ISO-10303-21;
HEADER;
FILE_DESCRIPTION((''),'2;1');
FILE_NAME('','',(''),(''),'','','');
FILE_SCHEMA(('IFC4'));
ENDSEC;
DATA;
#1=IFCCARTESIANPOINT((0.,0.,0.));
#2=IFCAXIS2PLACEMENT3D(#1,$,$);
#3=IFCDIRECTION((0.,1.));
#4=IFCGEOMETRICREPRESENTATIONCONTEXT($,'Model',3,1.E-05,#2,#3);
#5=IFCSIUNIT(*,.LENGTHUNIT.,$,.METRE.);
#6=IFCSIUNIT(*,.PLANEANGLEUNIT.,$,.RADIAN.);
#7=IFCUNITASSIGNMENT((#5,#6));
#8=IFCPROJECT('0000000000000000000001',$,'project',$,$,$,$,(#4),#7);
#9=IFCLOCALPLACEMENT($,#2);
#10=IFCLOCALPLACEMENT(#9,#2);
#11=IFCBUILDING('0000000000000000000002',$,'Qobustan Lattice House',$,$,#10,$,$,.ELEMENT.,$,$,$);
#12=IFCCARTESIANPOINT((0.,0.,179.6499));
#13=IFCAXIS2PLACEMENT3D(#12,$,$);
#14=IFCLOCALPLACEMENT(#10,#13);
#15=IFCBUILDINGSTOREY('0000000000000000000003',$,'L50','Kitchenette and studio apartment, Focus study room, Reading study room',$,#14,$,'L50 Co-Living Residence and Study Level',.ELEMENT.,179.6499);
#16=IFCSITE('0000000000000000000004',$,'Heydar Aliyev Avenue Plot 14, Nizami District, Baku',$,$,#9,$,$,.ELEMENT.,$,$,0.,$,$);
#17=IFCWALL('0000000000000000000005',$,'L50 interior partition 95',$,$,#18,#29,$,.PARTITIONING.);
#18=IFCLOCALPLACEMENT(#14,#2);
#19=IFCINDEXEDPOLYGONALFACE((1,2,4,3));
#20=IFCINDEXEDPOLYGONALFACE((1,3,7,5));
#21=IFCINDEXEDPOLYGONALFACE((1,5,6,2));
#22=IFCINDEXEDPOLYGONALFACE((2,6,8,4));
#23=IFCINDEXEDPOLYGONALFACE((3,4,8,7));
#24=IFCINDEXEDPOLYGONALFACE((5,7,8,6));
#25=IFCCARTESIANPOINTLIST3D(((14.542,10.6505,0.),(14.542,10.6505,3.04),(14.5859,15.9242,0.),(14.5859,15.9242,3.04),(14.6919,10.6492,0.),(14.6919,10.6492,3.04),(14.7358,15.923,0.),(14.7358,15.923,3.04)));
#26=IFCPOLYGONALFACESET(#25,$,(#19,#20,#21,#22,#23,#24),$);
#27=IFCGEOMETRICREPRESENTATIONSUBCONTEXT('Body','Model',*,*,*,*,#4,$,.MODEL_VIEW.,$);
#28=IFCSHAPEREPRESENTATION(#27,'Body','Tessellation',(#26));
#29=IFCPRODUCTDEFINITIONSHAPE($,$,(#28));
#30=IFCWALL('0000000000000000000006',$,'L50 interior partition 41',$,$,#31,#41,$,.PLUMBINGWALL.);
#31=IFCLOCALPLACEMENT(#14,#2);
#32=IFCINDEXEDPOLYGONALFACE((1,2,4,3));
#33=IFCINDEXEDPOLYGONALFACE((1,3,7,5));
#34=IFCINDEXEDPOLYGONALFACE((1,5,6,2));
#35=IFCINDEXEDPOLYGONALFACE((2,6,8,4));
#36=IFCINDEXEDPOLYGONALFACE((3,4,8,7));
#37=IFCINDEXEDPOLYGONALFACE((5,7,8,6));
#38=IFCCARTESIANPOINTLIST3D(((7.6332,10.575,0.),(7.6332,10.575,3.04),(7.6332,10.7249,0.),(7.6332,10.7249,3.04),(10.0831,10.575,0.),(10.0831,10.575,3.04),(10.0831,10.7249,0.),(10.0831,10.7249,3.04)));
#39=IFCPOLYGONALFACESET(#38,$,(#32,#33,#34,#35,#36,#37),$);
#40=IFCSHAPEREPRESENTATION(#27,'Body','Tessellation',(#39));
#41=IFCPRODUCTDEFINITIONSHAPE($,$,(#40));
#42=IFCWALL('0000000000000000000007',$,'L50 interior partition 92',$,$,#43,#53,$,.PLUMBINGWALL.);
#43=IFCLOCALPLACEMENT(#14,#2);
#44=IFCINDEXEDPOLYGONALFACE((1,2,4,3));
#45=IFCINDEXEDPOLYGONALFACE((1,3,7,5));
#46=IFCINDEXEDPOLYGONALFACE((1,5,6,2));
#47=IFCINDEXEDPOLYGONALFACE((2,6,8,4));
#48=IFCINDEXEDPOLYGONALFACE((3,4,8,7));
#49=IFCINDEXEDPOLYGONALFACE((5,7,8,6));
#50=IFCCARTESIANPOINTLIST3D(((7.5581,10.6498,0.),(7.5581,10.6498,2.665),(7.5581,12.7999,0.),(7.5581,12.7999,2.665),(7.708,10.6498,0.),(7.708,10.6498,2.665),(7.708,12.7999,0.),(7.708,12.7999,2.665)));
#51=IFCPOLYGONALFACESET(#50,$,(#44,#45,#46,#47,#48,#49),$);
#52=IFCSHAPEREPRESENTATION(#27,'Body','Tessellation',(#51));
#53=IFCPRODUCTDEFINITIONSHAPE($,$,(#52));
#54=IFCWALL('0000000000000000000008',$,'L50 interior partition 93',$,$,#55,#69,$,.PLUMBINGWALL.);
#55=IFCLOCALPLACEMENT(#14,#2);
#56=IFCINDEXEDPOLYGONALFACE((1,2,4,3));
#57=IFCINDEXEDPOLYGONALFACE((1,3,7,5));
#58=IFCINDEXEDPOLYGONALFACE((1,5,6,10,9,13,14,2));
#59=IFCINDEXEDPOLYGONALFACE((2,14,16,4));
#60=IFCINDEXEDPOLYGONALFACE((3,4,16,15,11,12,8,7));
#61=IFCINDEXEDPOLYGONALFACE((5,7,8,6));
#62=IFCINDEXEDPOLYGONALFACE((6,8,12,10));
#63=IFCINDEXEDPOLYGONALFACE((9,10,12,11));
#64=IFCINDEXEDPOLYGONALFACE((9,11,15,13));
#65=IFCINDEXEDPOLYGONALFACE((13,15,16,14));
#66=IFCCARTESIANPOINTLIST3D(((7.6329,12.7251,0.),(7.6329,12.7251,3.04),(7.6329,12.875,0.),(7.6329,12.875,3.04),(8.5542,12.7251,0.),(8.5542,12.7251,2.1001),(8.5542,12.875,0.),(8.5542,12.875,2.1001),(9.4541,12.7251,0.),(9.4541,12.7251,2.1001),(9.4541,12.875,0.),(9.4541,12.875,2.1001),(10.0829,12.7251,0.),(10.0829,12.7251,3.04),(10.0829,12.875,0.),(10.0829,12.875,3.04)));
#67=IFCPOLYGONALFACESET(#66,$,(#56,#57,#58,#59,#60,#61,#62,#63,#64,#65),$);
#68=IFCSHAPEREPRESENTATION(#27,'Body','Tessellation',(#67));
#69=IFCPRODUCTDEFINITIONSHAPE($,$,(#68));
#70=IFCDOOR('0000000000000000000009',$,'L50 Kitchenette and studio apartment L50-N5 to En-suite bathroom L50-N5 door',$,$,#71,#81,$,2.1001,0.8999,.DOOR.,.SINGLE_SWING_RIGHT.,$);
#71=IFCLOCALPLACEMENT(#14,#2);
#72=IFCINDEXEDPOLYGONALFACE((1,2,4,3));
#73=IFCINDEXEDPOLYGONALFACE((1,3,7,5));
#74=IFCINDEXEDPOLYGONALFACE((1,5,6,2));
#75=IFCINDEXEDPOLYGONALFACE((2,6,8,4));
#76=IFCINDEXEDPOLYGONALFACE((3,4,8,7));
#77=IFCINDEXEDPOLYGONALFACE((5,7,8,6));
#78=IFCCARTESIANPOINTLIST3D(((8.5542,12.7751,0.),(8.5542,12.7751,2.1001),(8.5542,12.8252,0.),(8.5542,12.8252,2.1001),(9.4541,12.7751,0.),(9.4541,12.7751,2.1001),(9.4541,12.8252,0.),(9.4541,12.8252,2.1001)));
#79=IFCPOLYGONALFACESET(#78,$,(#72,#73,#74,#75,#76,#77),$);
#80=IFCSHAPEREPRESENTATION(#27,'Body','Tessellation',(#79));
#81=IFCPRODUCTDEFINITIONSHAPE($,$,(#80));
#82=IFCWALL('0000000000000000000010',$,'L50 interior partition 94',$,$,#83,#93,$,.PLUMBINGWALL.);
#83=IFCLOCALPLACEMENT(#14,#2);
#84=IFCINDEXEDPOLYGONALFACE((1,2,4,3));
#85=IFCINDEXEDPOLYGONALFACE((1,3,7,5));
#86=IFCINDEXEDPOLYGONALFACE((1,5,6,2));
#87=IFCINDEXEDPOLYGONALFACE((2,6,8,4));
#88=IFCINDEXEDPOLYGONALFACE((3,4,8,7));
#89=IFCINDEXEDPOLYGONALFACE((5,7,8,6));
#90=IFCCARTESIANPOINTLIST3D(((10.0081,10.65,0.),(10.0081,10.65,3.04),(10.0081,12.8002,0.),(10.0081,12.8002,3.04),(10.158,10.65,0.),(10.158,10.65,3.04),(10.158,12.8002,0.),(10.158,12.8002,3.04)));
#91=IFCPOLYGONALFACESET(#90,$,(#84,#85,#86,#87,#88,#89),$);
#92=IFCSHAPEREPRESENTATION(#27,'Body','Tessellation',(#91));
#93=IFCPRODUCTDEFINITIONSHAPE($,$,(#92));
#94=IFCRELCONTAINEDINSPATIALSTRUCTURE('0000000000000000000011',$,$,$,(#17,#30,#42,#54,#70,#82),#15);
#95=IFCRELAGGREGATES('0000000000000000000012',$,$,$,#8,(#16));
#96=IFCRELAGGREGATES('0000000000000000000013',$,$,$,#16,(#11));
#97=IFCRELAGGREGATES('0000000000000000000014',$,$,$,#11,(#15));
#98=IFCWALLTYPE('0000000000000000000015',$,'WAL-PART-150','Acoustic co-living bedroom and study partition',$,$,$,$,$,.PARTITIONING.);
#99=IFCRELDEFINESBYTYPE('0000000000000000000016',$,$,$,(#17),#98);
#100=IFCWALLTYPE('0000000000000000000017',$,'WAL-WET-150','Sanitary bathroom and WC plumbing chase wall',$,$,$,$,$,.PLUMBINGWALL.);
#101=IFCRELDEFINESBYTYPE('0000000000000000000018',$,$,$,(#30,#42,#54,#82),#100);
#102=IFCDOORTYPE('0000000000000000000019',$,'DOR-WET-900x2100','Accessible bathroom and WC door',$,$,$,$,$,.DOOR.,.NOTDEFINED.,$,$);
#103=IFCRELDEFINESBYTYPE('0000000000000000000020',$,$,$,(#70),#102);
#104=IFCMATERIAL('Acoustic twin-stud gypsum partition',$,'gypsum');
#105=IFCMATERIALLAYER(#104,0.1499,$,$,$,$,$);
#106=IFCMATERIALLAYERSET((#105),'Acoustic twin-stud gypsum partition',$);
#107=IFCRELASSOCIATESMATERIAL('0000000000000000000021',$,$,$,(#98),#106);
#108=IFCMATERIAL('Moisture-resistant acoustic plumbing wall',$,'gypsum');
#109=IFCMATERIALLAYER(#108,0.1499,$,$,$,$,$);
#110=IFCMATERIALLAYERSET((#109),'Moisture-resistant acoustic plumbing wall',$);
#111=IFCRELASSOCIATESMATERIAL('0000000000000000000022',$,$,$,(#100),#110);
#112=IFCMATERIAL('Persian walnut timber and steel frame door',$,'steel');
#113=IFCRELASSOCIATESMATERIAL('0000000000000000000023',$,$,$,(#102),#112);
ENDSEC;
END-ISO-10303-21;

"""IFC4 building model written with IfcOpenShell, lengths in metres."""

from ifc_helpers import new_model, si_unit, direction, frame, frame_2d, origin, place, context, subcontext, project, spatial, rectangle, extrude, material, layer, layer_set, type_object, element, fill, save


model = new_model("IFC4")

# Units and contexts
model_context = context("Model", 3, precision=1e-05, world=origin(), true_north=direction((0.0, 1.0)))
body_context = subcontext(model_context, "Body", "Model", "MODEL_VIEW")
ifc_project = project(units=[si_unit("LENGTHUNIT", "METRE"), si_unit("PLANEANGLEUNIT", "RADIAN")], contexts=[model_context])

# Site, building, storey
site_placement = place(None, origin())
site = spatial("IfcSite", under=ifc_project, at=site_placement, Name="Heydar Aliyev Avenue Plot 14, Nizami District, Baku", CompositionType="ELEMENT", RefElevation=0.0)
building_placement = place(site_placement, origin())
building = spatial("IfcBuilding", under=site, at=building_placement, Name="Qobustan Lattice House", CompositionType="ELEMENT")
storey_placement = place(building_placement, frame((0.0, 0.0, 179.6499)))
storey = spatial("IfcBuildingStorey", under=building, at=storey_placement, Name="L50", Description="Kitchenette and studio apartment, Focus study room, Reading study room", LongName="L50 Co-Living Residence and Study Level", CompositionType="ELEMENT", Elevation=179.6499)

# Shared definitions
ifc_material_1 = material(Name="Acoustic twin-stud gypsum partition", Category="gypsum")
ifc_layer_1 = layer(ifc_material_1, 0.1499)
ifc_layer_set_1 = layer_set([ifc_layer_1], Name="Acoustic twin-stud gypsum partition")
wall_type_1 = type_object("IfcWallType", Name="WAL-PART-150", Description="Acoustic co-living bedroom and study partition", PredefinedType="PARTITIONING", material=ifc_layer_set_1)

# Walls
wall_1_placement = place(storey_placement, frame((14.6609, 15.9236, 0.0), z_axis=(0.0, 0.0, 1.0), x_axis=(-0.008333, -0.999965, 0.0)))
element("IfcWall", 1, at=wall_1_placement, inside=storey, type_object=wall_type_1, Name="L50 interior partition 95", PredefinedType="PARTITIONING", context=body_context, shape_type="SweptSolid", body=[
    extrude(rectangle(XDim=5.2739, YDim=0.1499, at=frame_2d((2.637, 0.0))), origin(), (0.0, 0.0, 1.0), 3.04),
])
ifc_material_2 = material(Name="Moisture-resistant acoustic plumbing wall", Category="gypsum")
ifc_layer_2 = layer(ifc_material_2, 0.1499)
ifc_layer_set_2 = layer_set([ifc_layer_2], Name="Moisture-resistant acoustic plumbing wall")
wall_type_2 = type_object("IfcWallType", Name="WAL-WET-150", Description="Sanitary bathroom and WC plumbing chase wall", PredefinedType="PLUMBINGWALL", material=ifc_layer_set_2)
wall_2_placement = place(storey_placement, frame((7.6331, 10.6499, 0.0), z_axis=(0.0, 0.0, 1.0), x_axis=(1.0, 0.0, 0.0)))
element("IfcWall", 2, at=wall_2_placement, inside=storey, type_object=wall_type_2, Name="L50 interior partition 41", PredefinedType="PLUMBINGWALL", context=body_context, shape_type="SweptSolid", body=[
    extrude(rectangle(XDim=2.45, YDim=0.1499, at=frame_2d((1.2251, 0.0))), origin(), (0.0, 0.0, 1.0), 3.04),
])
wall_3_placement = place(storey_placement, frame((7.6331, 12.8, 0.0), z_axis=(0.0, 0.0, 1.0), x_axis=(0.0, -1.0, 0.0)))
element("IfcWall", 3, at=wall_3_placement, inside=storey, type_object=wall_type_2, Name="L50 interior partition 92", PredefinedType="PLUMBINGWALL", context=body_context, shape_type="SweptSolid", body=[
    extrude(rectangle(XDim=2.1501, YDim=0.1499, at=frame_2d((1.0752, 0.0))), origin(), (0.0, 0.0, 1.0), 2.665),
])

# Wall, opening, door
wall_4_placement = place(storey_placement, frame((10.083, 12.8, 0.0), z_axis=(0.0, 0.0, 1.0), x_axis=(-1.0, 0.0, 0.0)))
wall_4 = element("IfcWall", 4, at=wall_4_placement, inside=storey, type_object=wall_type_2, Name="L50 interior partition 93", PredefinedType="PLUMBINGWALL", context=body_context, shape_type="SweptSolid", body=[
    extrude(rectangle(XDim=2.45, YDim=0.1499, at=frame_2d((1.2251, 0.0))), origin(), (0.0, 0.0, 1.0), 3.04),
])
opening_1_placement = place(wall_4_placement, frame((0.6289, 0.0, 0.0)))
opening_1 = element("IfcOpeningElement", 5, at=opening_1_placement, cuts=wall_4, PredefinedType="OPENING", context=body_context, shape_type="SweptSolid", body=[
    extrude(rectangle(XDim=0.8999, YDim=2.1001, at=frame_2d((0.45, 1.05))), frame((0.0, 0.085, 0.0), z_axis=(0.0, -1.0, 0.0), x_axis=(1.0, 0.0, 0.0)), (0.0, 0.0, 1.0), 0.1699),
])
ifc_material_3 = material(Name="Persian walnut timber and steel frame door", Category="steel")
door_type_1 = type_object("IfcDoorType", Name="DOR-WET-900x2100", Description="Accessible bathroom and WC door", OperationType="NOTDEFINED", PredefinedType="DOOR", material=ifc_material_3)
door_1_placement = place(opening_1_placement, origin())
door_1 = element("IfcDoor", 6, at=door_1_placement, inside=storey, type_object=door_type_1, Name="L50 Kitchenette and studio apartment L50-N5 to En-suite bathroom L50-N5 door", OperationType="SINGLE_SWING_RIGHT", OverallHeight=2.1001, OverallWidth=0.8999, PredefinedType="DOOR", context=body_context, shape_type="SweptSolid", body=[
    extrude(rectangle(XDim=0.8999, YDim=2.1001, at=frame_2d((0.45, 1.05))), frame((0.0, 0.0249, 0.0), z_axis=(0.0, -1.0, 0.0), x_axis=(1.0, 0.0, 0.0)), (0.0, 0.0, 1.0), 0.05),
])
fill(opening_1, door_1)

# Wall
wall_5_placement = place(storey_placement, frame((10.083, 10.6499, 0.0), z_axis=(0.0, 0.0, 1.0), x_axis=(0.0, 1.0, 0.0)))
element("IfcWall", 7, at=wall_5_placement, inside=storey, type_object=wall_type_2, Name="L50 interior partition 94", PredefinedType="PLUMBINGWALL", context=body_context, shape_type="SweptSolid", body=[
    extrude(rectangle(XDim=2.1501, YDim=0.1499, at=frame_2d((1.0752, 0.0))), origin(), (0.0, 0.0, 1.0), 3.04),
])

save(model, "model.ifc")
